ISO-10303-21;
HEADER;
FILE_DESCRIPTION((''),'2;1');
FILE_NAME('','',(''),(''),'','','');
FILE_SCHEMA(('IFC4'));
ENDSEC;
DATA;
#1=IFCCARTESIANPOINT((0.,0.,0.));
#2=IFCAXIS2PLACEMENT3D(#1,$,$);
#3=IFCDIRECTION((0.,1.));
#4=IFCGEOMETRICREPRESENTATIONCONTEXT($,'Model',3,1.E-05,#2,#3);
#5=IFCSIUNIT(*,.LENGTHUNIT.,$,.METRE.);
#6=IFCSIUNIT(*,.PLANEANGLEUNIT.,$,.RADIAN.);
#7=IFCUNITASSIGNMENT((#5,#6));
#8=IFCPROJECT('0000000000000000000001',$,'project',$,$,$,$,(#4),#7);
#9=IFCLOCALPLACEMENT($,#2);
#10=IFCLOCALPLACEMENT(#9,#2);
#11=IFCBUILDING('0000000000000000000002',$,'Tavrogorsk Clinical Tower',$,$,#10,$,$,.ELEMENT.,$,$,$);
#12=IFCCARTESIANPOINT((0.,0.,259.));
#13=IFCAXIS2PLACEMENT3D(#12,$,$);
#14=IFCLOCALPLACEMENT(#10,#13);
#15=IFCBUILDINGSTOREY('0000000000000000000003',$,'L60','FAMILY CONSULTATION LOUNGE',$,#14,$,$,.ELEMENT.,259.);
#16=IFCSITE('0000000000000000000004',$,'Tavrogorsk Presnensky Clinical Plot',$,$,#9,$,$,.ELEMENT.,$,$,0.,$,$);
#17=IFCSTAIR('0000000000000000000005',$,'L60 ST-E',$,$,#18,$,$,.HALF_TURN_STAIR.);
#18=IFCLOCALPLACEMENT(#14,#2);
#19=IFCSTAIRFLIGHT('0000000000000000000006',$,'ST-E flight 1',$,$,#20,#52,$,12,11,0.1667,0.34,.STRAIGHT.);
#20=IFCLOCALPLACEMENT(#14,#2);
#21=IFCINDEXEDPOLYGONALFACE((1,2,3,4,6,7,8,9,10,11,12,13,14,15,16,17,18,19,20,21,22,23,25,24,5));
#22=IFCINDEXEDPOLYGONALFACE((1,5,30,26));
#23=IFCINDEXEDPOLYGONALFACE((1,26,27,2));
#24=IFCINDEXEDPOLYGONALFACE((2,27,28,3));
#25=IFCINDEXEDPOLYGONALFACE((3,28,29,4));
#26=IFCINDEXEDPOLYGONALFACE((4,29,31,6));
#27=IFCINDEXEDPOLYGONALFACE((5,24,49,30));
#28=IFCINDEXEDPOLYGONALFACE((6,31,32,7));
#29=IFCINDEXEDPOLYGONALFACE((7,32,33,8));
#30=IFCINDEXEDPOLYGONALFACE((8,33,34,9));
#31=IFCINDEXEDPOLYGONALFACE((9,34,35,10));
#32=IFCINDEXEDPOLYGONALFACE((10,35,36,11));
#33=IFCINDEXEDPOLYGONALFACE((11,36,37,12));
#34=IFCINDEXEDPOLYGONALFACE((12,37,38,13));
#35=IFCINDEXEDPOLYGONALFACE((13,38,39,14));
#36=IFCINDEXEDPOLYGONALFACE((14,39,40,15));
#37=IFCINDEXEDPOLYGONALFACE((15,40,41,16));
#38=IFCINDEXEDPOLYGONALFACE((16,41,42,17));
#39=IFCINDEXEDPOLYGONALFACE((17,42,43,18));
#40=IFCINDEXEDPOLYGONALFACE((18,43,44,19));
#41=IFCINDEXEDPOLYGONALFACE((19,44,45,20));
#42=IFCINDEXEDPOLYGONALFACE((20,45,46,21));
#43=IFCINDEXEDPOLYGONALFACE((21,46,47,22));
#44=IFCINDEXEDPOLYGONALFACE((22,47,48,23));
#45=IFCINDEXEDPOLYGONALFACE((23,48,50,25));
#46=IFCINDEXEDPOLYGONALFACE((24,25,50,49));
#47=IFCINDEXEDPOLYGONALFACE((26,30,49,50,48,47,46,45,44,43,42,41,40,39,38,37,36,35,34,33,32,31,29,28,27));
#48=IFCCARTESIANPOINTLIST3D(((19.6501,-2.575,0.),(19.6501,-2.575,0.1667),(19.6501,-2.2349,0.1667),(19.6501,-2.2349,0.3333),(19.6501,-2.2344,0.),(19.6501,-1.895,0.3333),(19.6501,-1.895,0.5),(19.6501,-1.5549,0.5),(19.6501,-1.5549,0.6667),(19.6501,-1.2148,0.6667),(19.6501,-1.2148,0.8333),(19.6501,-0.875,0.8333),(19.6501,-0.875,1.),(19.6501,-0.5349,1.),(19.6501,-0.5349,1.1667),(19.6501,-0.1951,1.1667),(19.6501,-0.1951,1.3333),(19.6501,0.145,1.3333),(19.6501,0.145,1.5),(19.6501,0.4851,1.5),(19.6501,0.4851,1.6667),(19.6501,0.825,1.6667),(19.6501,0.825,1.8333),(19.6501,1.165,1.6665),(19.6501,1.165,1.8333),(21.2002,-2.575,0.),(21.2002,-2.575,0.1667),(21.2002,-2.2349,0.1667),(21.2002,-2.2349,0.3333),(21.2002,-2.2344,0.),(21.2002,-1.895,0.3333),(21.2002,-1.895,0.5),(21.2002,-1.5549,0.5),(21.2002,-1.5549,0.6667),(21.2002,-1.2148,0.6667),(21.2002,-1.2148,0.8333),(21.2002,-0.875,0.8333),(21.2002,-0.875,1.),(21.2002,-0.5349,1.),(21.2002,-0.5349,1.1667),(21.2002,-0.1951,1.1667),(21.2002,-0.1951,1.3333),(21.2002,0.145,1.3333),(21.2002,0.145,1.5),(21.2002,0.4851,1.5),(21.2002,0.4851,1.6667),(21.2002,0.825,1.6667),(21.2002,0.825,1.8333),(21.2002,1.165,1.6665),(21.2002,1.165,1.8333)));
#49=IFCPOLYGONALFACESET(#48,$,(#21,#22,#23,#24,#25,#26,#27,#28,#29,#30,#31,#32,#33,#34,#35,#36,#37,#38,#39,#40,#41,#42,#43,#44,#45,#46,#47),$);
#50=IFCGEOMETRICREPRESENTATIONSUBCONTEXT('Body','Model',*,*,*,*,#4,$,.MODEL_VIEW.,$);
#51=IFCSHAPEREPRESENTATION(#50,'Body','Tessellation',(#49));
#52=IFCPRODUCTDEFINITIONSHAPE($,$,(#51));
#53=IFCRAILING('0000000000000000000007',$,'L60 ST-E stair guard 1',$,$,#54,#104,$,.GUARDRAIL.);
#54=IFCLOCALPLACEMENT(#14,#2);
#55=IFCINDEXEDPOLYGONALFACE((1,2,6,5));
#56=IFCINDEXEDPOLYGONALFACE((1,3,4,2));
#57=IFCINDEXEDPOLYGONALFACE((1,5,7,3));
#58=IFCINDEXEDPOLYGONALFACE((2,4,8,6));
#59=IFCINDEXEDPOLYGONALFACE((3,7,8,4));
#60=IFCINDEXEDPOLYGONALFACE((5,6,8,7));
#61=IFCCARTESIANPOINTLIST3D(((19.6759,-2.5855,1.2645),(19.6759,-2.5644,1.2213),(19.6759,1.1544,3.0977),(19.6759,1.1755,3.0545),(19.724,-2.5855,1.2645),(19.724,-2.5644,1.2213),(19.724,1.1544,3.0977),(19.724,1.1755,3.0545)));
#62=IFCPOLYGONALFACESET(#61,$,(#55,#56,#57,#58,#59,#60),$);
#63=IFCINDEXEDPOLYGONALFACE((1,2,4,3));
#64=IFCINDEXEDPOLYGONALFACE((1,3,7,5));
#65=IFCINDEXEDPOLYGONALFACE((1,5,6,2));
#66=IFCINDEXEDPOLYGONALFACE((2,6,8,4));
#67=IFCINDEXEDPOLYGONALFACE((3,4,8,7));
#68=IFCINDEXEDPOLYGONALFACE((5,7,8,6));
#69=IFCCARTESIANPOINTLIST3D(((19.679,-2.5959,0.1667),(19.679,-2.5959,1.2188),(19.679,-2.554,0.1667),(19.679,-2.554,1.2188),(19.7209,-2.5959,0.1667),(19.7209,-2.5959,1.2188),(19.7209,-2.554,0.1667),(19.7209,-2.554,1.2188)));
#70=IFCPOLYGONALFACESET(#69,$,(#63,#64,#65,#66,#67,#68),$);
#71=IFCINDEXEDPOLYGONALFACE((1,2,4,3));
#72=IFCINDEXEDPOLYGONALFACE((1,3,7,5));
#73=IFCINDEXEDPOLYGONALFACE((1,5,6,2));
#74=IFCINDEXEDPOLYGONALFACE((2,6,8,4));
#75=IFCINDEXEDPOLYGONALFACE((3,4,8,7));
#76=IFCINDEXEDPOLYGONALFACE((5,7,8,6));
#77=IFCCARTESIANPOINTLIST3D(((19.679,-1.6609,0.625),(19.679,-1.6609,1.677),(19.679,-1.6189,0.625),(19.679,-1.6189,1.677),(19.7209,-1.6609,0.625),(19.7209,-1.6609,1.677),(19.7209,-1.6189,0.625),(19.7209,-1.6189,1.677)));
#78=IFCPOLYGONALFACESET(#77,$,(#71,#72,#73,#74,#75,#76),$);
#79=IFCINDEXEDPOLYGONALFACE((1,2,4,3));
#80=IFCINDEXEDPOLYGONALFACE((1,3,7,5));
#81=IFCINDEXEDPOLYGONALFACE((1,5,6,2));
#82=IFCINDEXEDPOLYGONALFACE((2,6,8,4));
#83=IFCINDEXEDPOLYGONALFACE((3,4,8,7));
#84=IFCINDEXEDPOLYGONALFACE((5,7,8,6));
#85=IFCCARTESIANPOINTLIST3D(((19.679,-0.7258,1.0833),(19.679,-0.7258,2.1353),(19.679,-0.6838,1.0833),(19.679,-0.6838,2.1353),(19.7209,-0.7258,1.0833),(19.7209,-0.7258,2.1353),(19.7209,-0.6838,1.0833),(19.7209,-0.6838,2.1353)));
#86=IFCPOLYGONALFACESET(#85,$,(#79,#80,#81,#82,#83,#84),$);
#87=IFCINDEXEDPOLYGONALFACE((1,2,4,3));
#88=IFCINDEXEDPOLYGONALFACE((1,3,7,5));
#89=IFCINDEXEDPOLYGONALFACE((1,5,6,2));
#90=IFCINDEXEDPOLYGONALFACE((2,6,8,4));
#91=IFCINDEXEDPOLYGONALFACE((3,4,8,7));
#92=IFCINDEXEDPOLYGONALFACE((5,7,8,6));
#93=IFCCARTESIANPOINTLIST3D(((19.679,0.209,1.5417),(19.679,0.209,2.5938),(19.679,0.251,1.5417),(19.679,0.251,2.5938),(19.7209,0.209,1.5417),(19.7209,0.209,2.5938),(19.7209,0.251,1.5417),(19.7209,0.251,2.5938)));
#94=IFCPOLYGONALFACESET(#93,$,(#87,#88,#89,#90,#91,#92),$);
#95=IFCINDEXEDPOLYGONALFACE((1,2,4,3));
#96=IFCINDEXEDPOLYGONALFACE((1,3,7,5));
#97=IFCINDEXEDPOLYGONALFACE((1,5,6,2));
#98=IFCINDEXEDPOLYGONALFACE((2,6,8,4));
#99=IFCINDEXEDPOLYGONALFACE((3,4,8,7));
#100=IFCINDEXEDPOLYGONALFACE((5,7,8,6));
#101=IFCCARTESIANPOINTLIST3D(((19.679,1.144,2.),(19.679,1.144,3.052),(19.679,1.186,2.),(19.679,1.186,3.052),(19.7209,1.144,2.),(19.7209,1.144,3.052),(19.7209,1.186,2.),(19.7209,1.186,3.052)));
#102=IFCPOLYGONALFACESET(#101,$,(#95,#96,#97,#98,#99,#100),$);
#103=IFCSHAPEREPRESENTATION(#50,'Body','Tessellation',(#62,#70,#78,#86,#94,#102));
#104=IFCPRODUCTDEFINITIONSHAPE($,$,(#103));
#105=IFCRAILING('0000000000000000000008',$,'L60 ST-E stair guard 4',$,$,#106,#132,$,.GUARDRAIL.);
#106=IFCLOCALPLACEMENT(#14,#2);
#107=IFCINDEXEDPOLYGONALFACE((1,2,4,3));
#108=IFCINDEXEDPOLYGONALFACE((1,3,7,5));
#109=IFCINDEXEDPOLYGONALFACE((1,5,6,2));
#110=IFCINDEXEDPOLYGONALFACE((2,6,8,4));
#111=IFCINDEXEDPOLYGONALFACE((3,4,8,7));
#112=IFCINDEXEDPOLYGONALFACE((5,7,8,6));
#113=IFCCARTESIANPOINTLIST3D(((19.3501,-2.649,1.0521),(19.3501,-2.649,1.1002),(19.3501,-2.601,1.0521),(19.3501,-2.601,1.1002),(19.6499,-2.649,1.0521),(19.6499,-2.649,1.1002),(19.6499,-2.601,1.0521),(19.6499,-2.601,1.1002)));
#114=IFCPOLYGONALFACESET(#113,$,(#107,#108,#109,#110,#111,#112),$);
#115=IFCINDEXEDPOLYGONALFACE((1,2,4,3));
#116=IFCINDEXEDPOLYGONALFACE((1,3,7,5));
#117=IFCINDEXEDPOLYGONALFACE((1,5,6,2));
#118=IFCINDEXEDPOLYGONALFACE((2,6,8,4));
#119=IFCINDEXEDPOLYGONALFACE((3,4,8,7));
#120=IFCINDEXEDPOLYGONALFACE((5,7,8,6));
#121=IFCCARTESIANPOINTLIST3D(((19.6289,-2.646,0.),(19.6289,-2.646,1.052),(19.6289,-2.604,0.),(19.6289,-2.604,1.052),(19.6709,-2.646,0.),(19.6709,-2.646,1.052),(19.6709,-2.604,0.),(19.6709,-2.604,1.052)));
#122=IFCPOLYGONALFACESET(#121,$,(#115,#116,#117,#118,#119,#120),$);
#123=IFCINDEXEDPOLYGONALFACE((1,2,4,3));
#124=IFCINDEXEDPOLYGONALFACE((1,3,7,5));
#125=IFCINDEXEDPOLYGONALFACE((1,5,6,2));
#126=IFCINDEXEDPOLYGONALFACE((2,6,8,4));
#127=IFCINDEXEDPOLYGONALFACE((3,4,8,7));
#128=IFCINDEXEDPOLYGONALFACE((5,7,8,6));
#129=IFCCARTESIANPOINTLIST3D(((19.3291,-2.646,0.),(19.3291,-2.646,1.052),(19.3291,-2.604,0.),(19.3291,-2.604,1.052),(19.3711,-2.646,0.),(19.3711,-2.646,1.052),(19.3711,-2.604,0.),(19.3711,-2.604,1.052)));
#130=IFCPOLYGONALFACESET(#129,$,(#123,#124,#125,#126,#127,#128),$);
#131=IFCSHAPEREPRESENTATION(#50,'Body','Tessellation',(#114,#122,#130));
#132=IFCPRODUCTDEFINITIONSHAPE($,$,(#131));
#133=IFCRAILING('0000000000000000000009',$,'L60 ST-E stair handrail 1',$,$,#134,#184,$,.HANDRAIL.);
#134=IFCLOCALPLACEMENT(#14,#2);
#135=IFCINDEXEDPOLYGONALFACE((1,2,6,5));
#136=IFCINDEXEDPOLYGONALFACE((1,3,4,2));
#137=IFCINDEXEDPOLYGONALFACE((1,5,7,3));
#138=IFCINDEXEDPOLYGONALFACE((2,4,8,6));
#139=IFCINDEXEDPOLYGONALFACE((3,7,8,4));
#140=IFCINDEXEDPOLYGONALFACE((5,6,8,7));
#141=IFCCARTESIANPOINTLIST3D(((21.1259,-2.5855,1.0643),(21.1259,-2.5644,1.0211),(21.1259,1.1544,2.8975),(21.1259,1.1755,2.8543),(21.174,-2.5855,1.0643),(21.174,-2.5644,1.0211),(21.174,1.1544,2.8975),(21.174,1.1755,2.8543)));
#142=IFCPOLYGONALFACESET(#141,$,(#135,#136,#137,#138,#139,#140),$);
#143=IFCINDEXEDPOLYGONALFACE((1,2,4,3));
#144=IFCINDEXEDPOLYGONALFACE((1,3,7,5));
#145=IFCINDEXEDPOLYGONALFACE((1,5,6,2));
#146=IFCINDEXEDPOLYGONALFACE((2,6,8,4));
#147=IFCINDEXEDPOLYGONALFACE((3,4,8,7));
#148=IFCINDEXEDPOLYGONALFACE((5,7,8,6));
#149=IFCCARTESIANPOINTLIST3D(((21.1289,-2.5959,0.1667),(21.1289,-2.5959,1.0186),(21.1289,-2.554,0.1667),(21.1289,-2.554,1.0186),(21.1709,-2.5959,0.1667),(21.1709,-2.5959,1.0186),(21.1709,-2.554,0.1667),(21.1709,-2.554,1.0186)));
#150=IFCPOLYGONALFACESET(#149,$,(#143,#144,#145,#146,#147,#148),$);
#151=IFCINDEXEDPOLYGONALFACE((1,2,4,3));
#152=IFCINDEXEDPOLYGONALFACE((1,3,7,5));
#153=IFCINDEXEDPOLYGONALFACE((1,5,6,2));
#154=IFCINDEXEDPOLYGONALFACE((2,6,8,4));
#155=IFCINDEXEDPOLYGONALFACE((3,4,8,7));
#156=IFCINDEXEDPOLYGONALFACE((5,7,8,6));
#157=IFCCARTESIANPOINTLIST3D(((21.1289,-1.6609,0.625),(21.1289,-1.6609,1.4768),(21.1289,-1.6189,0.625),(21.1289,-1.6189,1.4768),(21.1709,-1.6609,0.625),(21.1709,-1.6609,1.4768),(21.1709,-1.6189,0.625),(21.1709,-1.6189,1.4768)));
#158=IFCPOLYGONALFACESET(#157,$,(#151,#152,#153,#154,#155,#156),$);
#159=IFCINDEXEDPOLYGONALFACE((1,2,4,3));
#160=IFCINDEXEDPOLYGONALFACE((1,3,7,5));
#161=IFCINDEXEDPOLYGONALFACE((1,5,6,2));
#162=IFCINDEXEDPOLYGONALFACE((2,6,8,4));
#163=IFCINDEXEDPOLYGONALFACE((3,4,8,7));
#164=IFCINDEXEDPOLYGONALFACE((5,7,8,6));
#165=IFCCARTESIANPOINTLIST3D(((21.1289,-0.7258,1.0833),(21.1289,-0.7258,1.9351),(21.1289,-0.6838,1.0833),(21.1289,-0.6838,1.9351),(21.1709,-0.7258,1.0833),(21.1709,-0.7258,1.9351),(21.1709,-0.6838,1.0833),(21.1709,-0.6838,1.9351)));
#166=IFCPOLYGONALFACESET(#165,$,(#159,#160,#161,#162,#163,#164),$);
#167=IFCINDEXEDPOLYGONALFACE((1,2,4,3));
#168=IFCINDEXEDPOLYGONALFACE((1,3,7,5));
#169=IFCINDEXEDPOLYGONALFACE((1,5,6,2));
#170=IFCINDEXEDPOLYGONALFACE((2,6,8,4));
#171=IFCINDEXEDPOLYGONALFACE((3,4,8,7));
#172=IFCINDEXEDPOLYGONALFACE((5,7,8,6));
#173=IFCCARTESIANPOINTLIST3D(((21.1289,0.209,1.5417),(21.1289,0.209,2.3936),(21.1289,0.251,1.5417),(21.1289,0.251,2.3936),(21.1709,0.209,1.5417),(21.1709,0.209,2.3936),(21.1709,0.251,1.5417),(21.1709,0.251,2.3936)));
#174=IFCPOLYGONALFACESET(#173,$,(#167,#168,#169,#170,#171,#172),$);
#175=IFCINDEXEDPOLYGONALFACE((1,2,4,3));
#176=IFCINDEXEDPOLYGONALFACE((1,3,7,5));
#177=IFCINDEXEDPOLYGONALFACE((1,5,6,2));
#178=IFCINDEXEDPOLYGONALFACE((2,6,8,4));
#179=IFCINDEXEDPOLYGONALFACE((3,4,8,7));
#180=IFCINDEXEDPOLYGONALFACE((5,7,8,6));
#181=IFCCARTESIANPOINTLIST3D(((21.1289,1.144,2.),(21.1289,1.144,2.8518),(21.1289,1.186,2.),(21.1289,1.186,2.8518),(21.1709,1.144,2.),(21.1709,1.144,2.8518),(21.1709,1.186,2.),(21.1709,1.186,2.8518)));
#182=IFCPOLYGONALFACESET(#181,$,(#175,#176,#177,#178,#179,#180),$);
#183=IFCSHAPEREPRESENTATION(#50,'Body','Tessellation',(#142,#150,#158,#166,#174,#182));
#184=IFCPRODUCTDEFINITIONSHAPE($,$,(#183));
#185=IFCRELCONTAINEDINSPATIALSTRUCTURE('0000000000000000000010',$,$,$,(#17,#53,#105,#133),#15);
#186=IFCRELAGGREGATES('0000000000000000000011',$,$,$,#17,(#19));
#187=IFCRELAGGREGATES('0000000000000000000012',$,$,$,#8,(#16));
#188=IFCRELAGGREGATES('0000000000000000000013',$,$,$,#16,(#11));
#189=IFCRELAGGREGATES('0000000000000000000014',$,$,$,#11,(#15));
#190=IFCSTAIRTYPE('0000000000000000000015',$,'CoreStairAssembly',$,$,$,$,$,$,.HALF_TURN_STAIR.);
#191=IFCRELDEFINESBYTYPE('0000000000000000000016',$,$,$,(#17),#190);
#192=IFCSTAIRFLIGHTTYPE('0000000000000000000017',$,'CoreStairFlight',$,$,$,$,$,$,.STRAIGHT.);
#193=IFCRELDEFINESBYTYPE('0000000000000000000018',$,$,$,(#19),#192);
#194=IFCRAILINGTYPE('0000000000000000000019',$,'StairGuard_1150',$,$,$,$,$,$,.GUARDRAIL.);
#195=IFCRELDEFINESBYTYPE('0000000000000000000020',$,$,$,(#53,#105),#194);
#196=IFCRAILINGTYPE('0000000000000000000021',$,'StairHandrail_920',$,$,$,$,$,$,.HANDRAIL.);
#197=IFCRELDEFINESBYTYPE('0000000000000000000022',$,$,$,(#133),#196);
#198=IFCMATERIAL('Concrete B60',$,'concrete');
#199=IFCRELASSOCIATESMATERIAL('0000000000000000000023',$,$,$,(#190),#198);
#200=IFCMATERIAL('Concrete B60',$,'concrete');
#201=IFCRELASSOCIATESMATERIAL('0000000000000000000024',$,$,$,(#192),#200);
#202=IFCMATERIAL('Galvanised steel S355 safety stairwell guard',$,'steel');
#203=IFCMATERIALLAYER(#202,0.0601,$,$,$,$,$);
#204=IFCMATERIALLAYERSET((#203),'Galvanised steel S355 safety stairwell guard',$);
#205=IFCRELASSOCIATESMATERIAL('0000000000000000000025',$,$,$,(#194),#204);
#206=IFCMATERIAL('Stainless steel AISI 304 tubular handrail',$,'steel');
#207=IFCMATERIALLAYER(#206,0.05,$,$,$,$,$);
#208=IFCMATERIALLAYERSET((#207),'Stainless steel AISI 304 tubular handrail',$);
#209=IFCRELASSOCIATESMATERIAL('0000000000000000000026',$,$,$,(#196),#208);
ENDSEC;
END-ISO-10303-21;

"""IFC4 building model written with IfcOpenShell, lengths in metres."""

from ifc_helpers import new_model, si_unit, direction, frame, origin, origin_2d, place, context, subcontext, project, spatial, polyline, rectangle, outline, extrude, material, layer, layer_set, type_object, element, aggregate, save


model = new_model("IFC4")

# Units and contexts
model_context = context("Model", 3, precision=1e-05, world=origin(), true_north=direction((0.0, 1.0)))
body_context = subcontext(model_context, "Body", "Model", "MODEL_VIEW")
ifc_project = project(units=[si_unit("LENGTHUNIT", "METRE"), si_unit("PLANEANGLEUNIT", "RADIAN")], contexts=[model_context])

# Site, building, storey
site_placement = place(None, origin())
site = spatial("IfcSite", under=ifc_project, at=site_placement, Name="Tavrogorsk Presnensky Clinical Plot", CompositionType="ELEMENT", RefElevation=0.0)
building_placement = place(site_placement, origin())
building = spatial("IfcBuilding", under=site, at=building_placement, Name="Tavrogorsk Clinical Tower", CompositionType="ELEMENT")
storey_placement = place(building_placement, frame((0.0, 0.0, 259.0)))
storey = spatial("IfcBuildingStorey", under=building, at=storey_placement, Name="L60", Description="FAMILY CONSULTATION LOUNGE", CompositionType="ELEMENT", Elevation=259.0)

# Stair, stair flight
ifc_material_1 = material(Name="Concrete B60", Category="concrete")
stair_type = type_object("IfcStairType", Name="CoreStairAssembly", PredefinedType="HALF_TURN_STAIR", material=ifc_material_1)
stair_placement = place(storey_placement, origin())
stair = element("IfcStair", 1, at=stair_placement, inside=storey, type_object=stair_type, Name="L60 ST-E", PredefinedType="HALF_TURN_STAIR")
ifc_material_2 = material(Name="Concrete B60", Category="concrete")
stair_flight_type = type_object("IfcStairFlightType", Name="CoreStairFlight", PredefinedType="STRAIGHT", material=ifc_material_2)
stair_flight_placement = place(storey_placement, frame((20.425, -2.575, 0.0), z_axis=(0.0, 0.0, 1.0), x_axis=(0.0, 1.0, 0.0)))
stair_flight = element("IfcStairFlight", 2, at=stair_flight_placement, type_object=stair_flight_type, Name="ST-E flight 1", NumberOfRisers=12, NumberOfTreads=11, PredefinedType="STRAIGHT", RiserHeight=0.1667, TreadLength=0.34, context=body_context, shape_type="SweptSolid", body=[
    extrude(outline(polyline([(0.0, 0.0), (0.0, 0.1667), (0.3401, 0.1667), (0.3401, 0.3333), (0.6799, 0.3333), (0.6799, 0.5), (1.02, 0.5), (1.02, 0.6667), (1.3601, 0.6667), (1.3601, 0.8333), (1.7, 0.8333), (1.7, 1.0), (2.04, 1.0), (2.04, 1.1667), (2.3799, 1.1667), (2.3799, 1.3333), (2.72, 1.3333), (2.72, 1.5), (3.0601, 1.5), (3.0601, 1.6667), (3.3999, 1.6667), (3.3999, 1.8333), (3.74, 1.8333), (3.74, 2.0), (3.74, 1.6665), (0.3406, 0.0), (0.0, 0.0)])), frame((0.0, 0.7749, 0.0), z_axis=(0.0, -1.0, 0.0), x_axis=(1.0, 0.0, 0.0)), (0.0, 0.0, 1.0), 1.55),
])
aggregate(stair, [stair_flight])

# Railings
ifc_material_3 = material(Name="Galvanised steel S355 safety stairwell guard", Category="steel")
ifc_layer_1 = layer(ifc_material_3, 0.0601)
ifc_layer_set_1 = layer_set([ifc_layer_1], Name="Galvanised steel S355 safety stairwell guard")
railing_type_1 = type_object("IfcRailingType", Name="StairGuard_1150", PredefinedType="GUARDRAIL", material=ifc_layer_set_1)
railing_1_placement = place(storey_placement, frame((19.7, -2.575, 0.1667)))
element("IfcRailing", 3, at=railing_1_placement, inside=storey, type_object=railing_type_1, Name="L60 ST-E stair guard 1", PredefinedType="GUARDRAIL", context=body_context, shape_type="SweptSolid", body=[
    extrude(rectangle(XDim=0.0481, YDim=0.0481, at=origin_2d()), frame((0.0, 0.0, 1.0762), z_axis=(0.0, 0.897928, 0.440142), x_axis=(-1.0, 0.0, 0.0)), (0.0, 0.0, 1.0), 4.165),
    extrude(rectangle(XDim=0.042, YDim=0.042, at=origin_2d()), origin(), (0.0, 0.0, 1.0), 1.052),
    extrude(rectangle(XDim=0.042, YDim=0.042, at=origin_2d()), frame((0.0, 0.9351, 0.4583)), (0.0, 0.0, 1.0), 1.052),
    extrude(rectangle(XDim=0.042, YDim=0.042, at=origin_2d()), frame((0.0, 1.8701, 0.9165)), (0.0, 0.0, 1.0), 1.052),
    extrude(rectangle(XDim=0.042, YDim=0.042, at=origin_2d()), frame((0.0, 2.8049, 1.375)), (0.0, 0.0, 1.0), 1.052),
    extrude(rectangle(XDim=0.042, YDim=0.042, at=origin_2d()), frame((0.0, 3.74, 1.8333)), (0.0, 0.0, 1.0), 1.052),
])
railing_2_placement = place(storey_placement, frame((19.6499, -2.625, 0.0)))
element("IfcRailing", 4, at=railing_2_placement, inside=storey, type_object=railing_type_1, Name="L60 ST-E stair guard 4", PredefinedType="GUARDRAIL", context=body_context, shape_type="SweptSolid", body=[
    extrude(rectangle(XDim=0.0481, YDim=0.0481, at=origin_2d()), frame((0.0, 0.0, 1.0762), z_axis=(-1.0, 0.0, 0.0), x_axis=(0.0, -1.0, 0.0)), (0.0, 0.0, 1.0), 0.2998),
    extrude(rectangle(XDim=0.042, YDim=0.042, at=origin_2d()), origin(), (0.0, 0.0, 1.0), 1.052),
    extrude(rectangle(XDim=0.042, YDim=0.042, at=origin_2d()), frame((-0.2998, 0.0, 0.0)), (0.0, 0.0, 1.0), 1.052),
])
ifc_material_4 = material(Name="Stainless steel AISI 304 tubular handrail", Category="steel")
ifc_layer_2 = layer(ifc_material_4, 0.05)
ifc_layer_set_2 = layer_set([ifc_layer_2], Name="Stainless steel AISI 304 tubular handrail")
railing_type_2 = type_object("IfcRailingType", Name="StairHandrail_920", PredefinedType="HANDRAIL", material=ifc_layer_set_2)
railing_3_placement = place(storey_placement, frame((21.1499, -2.575, 0.1667)))
element("IfcRailing", 5, at=railing_3_placement, inside=storey, type_object=railing_type_2, Name="L60 ST-E stair handrail 1", PredefinedType="HANDRAIL", context=body_context, shape_type="SweptSolid", body=[
    extrude(rectangle(XDim=0.0481, YDim=0.0481, at=origin_2d()), frame((0.0, 0.0, 0.876), z_axis=(0.0, 0.897928, 0.440142), x_axis=(-1.0, 0.0, 0.0)), (0.0, 0.0, 1.0), 4.165),
    extrude(rectangle(XDim=0.042, YDim=0.042, at=origin_2d()), origin(), (0.0, 0.0, 1.0), 0.8518),
    extrude(rectangle(XDim=0.042, YDim=0.042, at=origin_2d()), frame((0.0, 0.9351, 0.4583)), (0.0, 0.0, 1.0), 0.8518),
    extrude(rectangle(XDim=0.042, YDim=0.042, at=origin_2d()), frame((0.0, 1.8701, 0.9165)), (0.0, 0.0, 1.0), 0.8518),
    extrude(rectangle(XDim=0.042, YDim=0.042, at=origin_2d()), frame((0.0, 2.8049, 1.375)), (0.0, 0.0, 1.0), 0.8518),
    extrude(rectangle(XDim=0.042, YDim=0.042, at=origin_2d()), frame((0.0, 3.74, 1.8333)), (0.0, 0.0, 1.0), 0.8518),
])

save(model, "model.ifc")
